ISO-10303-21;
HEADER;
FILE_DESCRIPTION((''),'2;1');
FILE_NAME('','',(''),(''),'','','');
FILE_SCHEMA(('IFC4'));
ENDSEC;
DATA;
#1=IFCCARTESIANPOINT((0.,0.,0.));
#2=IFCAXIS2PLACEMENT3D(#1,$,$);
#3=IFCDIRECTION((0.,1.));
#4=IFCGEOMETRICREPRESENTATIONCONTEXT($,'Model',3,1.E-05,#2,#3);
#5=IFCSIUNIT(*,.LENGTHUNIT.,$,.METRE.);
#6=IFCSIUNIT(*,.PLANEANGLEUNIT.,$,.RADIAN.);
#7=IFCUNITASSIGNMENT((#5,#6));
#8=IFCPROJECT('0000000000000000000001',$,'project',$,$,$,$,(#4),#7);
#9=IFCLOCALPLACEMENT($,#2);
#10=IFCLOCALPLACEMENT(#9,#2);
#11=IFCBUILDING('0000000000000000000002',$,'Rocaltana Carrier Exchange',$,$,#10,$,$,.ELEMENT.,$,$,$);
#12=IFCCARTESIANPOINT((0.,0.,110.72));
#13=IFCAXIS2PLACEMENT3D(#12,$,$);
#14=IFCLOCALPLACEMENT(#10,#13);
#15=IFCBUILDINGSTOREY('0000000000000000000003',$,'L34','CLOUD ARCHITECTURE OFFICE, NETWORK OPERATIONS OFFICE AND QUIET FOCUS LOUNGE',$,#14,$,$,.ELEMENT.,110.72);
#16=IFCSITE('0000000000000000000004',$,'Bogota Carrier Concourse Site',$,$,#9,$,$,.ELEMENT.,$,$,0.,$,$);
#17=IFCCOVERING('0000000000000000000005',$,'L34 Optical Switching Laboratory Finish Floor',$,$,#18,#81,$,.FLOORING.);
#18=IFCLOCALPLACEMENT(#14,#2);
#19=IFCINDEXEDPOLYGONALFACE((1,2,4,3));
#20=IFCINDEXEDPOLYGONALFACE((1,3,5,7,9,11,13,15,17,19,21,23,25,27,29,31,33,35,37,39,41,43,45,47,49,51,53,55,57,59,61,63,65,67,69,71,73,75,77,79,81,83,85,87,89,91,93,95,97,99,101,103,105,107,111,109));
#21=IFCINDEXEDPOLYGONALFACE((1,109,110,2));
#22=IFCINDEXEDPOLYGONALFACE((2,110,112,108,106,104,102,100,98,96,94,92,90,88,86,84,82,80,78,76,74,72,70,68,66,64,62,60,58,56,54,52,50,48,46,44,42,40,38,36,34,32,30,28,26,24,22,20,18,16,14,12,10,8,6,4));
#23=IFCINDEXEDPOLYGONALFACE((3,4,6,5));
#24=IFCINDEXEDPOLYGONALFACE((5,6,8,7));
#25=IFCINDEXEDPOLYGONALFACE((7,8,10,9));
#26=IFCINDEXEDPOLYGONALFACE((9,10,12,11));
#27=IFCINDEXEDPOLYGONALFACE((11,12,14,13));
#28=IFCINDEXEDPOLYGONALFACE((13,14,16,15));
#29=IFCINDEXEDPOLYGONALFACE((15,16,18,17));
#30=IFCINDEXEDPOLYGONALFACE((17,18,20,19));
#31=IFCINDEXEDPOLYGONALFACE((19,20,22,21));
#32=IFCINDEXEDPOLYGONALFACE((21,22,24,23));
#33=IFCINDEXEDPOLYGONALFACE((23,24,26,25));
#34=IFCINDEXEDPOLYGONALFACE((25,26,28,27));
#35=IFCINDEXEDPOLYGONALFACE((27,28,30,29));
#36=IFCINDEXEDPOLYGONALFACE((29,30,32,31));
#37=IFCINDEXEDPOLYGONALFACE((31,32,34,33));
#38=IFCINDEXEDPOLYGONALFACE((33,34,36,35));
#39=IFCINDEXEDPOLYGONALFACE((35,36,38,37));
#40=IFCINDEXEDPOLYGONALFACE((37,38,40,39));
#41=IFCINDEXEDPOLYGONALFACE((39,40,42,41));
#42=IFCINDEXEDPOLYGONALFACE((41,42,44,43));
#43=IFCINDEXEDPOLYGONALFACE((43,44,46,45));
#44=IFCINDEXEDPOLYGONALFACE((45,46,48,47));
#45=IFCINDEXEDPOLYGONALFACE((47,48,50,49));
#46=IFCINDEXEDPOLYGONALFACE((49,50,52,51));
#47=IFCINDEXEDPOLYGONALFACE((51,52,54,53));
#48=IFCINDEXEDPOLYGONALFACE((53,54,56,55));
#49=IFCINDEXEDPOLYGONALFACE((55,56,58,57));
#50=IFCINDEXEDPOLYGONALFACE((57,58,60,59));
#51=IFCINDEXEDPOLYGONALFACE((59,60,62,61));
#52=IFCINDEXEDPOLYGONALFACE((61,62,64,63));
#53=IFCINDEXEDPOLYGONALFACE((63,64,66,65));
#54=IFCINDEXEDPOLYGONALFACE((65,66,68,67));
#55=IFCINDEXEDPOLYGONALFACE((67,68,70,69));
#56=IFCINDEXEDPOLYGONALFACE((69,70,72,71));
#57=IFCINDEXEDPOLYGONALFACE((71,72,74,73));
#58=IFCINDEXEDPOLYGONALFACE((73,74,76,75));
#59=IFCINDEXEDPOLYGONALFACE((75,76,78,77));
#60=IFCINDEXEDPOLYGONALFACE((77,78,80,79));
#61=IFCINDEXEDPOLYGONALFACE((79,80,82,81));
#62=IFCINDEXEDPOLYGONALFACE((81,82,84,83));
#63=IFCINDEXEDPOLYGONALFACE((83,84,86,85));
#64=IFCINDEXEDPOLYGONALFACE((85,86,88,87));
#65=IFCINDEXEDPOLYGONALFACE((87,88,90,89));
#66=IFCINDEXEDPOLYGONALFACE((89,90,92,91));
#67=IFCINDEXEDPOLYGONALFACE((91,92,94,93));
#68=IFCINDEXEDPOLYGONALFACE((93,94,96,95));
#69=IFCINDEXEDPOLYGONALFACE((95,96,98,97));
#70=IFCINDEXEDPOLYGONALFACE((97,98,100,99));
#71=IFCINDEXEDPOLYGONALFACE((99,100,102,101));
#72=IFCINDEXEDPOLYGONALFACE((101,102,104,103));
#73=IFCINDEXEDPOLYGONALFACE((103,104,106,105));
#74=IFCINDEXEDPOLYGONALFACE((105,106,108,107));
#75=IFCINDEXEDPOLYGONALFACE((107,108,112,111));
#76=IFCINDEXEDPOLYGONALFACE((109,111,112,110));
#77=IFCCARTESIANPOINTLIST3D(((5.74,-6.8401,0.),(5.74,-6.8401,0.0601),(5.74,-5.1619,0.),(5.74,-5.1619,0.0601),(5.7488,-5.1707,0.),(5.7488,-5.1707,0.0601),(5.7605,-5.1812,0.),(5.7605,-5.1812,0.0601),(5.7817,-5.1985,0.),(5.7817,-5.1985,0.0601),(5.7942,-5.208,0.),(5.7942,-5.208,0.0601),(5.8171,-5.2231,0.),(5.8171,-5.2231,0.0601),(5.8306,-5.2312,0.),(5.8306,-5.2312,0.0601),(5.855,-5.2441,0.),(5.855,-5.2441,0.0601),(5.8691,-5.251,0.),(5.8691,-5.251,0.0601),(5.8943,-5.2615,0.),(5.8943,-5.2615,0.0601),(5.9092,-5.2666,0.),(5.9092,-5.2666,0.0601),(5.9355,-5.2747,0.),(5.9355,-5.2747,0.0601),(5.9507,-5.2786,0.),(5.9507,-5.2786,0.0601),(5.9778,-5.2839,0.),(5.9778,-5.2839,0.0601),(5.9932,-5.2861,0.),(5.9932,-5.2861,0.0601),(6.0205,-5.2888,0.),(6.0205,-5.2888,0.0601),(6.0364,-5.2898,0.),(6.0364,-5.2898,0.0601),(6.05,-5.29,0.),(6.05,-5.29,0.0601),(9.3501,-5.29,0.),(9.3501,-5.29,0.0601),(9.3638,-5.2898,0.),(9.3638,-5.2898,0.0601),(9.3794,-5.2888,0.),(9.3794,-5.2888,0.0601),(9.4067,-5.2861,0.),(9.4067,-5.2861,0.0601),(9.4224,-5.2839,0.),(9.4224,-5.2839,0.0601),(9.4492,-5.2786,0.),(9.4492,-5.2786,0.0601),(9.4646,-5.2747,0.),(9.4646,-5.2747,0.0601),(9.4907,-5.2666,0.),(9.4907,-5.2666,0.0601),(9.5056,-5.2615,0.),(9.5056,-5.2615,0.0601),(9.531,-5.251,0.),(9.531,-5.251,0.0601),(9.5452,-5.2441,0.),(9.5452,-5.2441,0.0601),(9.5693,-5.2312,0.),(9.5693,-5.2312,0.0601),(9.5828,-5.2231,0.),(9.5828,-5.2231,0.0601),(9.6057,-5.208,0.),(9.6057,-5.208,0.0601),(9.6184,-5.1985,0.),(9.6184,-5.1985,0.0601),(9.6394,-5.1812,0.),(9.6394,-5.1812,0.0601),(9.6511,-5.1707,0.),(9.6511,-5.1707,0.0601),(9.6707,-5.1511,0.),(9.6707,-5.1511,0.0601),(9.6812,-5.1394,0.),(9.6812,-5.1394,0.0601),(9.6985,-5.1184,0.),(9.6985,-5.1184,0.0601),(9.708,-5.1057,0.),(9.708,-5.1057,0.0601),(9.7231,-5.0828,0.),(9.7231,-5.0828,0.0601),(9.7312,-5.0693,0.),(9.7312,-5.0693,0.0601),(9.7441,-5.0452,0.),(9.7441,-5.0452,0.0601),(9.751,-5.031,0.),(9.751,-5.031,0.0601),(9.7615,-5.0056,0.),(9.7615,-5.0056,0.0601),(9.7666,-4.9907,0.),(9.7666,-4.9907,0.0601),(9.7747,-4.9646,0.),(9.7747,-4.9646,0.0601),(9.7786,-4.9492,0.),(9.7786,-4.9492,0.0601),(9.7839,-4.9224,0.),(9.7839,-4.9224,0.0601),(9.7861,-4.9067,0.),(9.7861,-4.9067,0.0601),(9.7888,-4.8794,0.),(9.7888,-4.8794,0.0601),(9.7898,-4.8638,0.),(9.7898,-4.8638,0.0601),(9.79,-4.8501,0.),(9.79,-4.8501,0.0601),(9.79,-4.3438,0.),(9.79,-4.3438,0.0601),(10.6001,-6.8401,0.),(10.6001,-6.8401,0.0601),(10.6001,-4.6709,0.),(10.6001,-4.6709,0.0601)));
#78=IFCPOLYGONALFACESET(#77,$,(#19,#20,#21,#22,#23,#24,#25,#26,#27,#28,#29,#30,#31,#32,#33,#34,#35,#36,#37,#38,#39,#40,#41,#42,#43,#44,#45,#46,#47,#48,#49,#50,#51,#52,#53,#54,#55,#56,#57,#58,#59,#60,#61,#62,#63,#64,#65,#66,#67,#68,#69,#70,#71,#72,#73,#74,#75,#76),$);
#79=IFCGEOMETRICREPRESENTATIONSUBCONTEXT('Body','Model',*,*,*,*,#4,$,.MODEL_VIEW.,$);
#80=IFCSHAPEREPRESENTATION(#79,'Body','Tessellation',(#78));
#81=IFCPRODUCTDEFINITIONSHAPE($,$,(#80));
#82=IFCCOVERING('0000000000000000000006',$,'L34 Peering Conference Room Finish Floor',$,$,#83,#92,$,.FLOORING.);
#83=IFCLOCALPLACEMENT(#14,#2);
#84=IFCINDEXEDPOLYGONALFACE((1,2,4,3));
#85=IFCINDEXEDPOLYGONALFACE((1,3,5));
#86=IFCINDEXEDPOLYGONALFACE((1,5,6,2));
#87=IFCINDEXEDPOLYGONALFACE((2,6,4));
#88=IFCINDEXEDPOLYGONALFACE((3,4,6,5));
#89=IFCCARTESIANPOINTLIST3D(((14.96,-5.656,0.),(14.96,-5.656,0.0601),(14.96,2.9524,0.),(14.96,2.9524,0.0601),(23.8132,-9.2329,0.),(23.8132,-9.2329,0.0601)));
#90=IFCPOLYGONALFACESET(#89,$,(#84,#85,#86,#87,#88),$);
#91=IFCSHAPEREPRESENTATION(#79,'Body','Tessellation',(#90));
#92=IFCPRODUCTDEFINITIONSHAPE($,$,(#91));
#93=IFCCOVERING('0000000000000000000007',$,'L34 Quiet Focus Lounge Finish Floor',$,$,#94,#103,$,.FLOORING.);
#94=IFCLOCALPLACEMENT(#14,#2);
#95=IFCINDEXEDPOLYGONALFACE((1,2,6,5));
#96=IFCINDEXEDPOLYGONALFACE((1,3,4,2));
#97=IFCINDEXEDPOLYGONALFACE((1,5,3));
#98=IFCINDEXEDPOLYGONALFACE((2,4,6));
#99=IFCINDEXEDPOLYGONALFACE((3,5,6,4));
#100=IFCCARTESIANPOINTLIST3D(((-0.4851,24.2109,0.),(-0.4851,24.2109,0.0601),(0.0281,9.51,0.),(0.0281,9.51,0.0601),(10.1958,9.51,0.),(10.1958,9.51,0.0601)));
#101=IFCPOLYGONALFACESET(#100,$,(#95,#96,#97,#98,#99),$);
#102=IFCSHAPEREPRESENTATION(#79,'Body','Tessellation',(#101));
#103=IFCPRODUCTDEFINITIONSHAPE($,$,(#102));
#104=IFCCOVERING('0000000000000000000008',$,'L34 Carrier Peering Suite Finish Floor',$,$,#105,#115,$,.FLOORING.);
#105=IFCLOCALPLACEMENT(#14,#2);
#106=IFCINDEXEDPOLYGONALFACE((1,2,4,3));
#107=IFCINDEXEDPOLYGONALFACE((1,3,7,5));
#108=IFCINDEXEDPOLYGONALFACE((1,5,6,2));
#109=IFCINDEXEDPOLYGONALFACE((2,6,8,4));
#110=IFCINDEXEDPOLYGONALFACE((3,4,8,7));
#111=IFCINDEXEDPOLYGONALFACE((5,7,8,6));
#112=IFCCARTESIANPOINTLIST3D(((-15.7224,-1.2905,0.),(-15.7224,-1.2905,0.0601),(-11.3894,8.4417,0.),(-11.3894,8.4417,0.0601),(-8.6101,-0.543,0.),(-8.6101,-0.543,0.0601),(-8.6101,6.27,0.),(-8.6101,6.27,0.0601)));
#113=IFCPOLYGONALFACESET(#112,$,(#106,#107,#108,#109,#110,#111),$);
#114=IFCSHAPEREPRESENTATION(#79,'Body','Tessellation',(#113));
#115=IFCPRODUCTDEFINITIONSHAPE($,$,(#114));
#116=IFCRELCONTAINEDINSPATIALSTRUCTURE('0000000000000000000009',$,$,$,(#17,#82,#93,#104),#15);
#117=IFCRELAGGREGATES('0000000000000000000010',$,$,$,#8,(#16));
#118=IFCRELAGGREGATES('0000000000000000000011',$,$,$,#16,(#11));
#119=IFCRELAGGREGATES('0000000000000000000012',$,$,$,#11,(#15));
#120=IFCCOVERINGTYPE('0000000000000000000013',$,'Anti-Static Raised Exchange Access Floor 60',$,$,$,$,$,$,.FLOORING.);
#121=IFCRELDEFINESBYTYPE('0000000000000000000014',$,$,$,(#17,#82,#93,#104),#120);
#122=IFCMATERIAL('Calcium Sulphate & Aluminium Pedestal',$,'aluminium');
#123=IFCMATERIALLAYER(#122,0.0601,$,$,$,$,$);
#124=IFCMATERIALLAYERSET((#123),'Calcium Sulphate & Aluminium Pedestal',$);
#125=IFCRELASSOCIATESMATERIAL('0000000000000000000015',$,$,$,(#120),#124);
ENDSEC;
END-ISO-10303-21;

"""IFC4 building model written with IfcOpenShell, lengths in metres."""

from ifc_helpers import new_model, si_unit, direction, frame, origin, place, context, subcontext, project, spatial, polyline, outline, extrude, material, layer, layer_set, type_object, element, save


model = new_model("IFC4")

# Units and contexts
model_context = context("Model", 3, precision=1e-05, world=origin(), true_north=direction((0.0, 1.0)))
body_context = subcontext(model_context, "Body", "Model", "MODEL_VIEW")
ifc_project = project(units=[si_unit("LENGTHUNIT", "METRE"), si_unit("PLANEANGLEUNIT", "RADIAN")], contexts=[model_context])

# Site, building, storey
site_placement = place(None, origin())
site = spatial("IfcSite", under=ifc_project, at=site_placement, Name="Bogota Carrier Concourse Site", CompositionType="ELEMENT", RefElevation=0.0)
building_placement = place(site_placement, origin())
building = spatial("IfcBuilding", under=site, at=building_placement, Name="Rocaltana Carrier Exchange", CompositionType="ELEMENT")
storey_placement = place(building_placement, frame((0.0, 0.0, 110.72)))
storey = spatial("IfcBuildingStorey", under=building, at=storey_placement, Name="L34", Description="CLOUD ARCHITECTURE OFFICE, NETWORK OPERATIONS OFFICE AND QUIET FOCUS LOUNGE", CompositionType="ELEMENT", Elevation=110.72)

# Coverings
ifc_material_1 = material(Name="Calcium Sulphate & Aluminium Pedestal", Category="aluminium")
ifc_layer_1 = layer(ifc_material_1, 0.0601)
ifc_layer_set_1 = layer_set([ifc_layer_1], Name="Calcium Sulphate & Aluminium Pedestal")
covering_type_1 = type_object("IfcCoveringType", Name="Anti-Static Raised Exchange Access Floor 60", PredefinedType="FLOORING", material=ifc_layer_set_1)
covering_1_placement = place(storey_placement, origin())
element("IfcCovering", 1, at=covering_1_placement, inside=storey, type_object=covering_type_1, Name="L34 Optical Switching Laboratory Finish Floor", PredefinedType="FLOORING", context=body_context, shape_type="SweptSolid", body=[
    extrude(outline(polyline([(5.74, -6.8401), (5.74, -5.1619), (5.7488, -5.1707), (5.7605, -5.1812), (5.7817, -5.1985), (5.7942, -5.208), (5.8171, -5.2231), (5.8306, -5.2312), (5.855, -5.2441), (5.8691, -5.251), (5.8943, -5.2615), (5.9092, -5.2666), (5.9355, -5.2747), (5.9507, -5.2786), (5.9778, -5.2839), (5.9932, -5.2861), (6.0205, -5.2888), (6.0364, -5.2898), (6.05, -5.29), (9.3501, -5.29), (9.3638, -5.2898), (9.3794, -5.2888), (9.4067, -5.2861), (9.4224, -5.2839), (9.4492, -5.2786), (9.4646, -5.2747), (9.4907, -5.2666), (9.5056, -5.2615), (9.531, -5.251), (9.5452, -5.2441), (9.5693, -5.2312), (9.5828, -5.2231), (9.6057, -5.208), (9.6184, -5.1985), (9.6394, -5.1812), (9.6511, -5.1707), (9.6707, -5.1511), (9.6812, -5.1394), (9.6985, -5.1184), (9.708, -5.1057), (9.7231, -5.0828), (9.7312, -5.0693), (9.7441, -5.0452), (9.751, -5.031), (9.7615, -5.0056), (9.7666, -4.9907), (9.7747, -4.9646), (9.7786, -4.9492), (9.7839, -4.9224), (9.7861, -4.9067), (9.7888, -4.8794), (9.7898, -4.8638), (9.79, -4.8501), (9.79, -4.3438), (10.6001, -4.6709), (10.6001, -6.8401), (5.74, -6.8401)])), origin(), (0.0, 0.0, 1.0), 0.0601),
])
covering_2_placement = place(storey_placement, origin())
element("IfcCovering", 2, at=covering_2_placement, inside=storey, type_object=covering_type_1, Name="L34 Peering Conference Room Finish Floor", PredefinedType="FLOORING", context=body_context, shape_type="SweptSolid", body=[
    extrude(outline(polyline([(14.96, 2.9524), (23.8132, -9.2329), (14.96, -5.656), (14.96, 2.9524)])), origin(), (0.0, 0.0, 1.0), 0.0601),
])
covering_3_placement = place(storey_placement, origin())
element("IfcCovering", 3, at=covering_3_placement, inside=storey, type_object=covering_type_1, Name="L34 Quiet Focus Lounge Finish Floor", PredefinedType="FLOORING", context=body_context, shape_type="SweptSolid", body=[
    extrude(outline(polyline([(10.1958, 9.51), (0.0281, 9.51), (-0.4851, 24.2109), (10.1958, 9.51)])), origin(), (0.0, 0.0, 1.0), 0.0601),
])
covering_4_placement = place(storey_placement, origin())
element("IfcCovering", 4, at=covering_4_placement, inside=storey, type_object=covering_type_1, Name="L34 Carrier Peering Suite Finish Floor", PredefinedType="FLOORING", context=body_context, shape_type="SweptSolid", body=[
    extrude(outline(polyline([(-11.3894, 8.4417), (-8.6101, 6.27), (-8.6101, -0.543), (-15.7224, -1.2905), (-11.3894, 8.4417)])), origin(), (0.0, 0.0, 1.0), 0.0601),
])

save(model, "model.ifc")
